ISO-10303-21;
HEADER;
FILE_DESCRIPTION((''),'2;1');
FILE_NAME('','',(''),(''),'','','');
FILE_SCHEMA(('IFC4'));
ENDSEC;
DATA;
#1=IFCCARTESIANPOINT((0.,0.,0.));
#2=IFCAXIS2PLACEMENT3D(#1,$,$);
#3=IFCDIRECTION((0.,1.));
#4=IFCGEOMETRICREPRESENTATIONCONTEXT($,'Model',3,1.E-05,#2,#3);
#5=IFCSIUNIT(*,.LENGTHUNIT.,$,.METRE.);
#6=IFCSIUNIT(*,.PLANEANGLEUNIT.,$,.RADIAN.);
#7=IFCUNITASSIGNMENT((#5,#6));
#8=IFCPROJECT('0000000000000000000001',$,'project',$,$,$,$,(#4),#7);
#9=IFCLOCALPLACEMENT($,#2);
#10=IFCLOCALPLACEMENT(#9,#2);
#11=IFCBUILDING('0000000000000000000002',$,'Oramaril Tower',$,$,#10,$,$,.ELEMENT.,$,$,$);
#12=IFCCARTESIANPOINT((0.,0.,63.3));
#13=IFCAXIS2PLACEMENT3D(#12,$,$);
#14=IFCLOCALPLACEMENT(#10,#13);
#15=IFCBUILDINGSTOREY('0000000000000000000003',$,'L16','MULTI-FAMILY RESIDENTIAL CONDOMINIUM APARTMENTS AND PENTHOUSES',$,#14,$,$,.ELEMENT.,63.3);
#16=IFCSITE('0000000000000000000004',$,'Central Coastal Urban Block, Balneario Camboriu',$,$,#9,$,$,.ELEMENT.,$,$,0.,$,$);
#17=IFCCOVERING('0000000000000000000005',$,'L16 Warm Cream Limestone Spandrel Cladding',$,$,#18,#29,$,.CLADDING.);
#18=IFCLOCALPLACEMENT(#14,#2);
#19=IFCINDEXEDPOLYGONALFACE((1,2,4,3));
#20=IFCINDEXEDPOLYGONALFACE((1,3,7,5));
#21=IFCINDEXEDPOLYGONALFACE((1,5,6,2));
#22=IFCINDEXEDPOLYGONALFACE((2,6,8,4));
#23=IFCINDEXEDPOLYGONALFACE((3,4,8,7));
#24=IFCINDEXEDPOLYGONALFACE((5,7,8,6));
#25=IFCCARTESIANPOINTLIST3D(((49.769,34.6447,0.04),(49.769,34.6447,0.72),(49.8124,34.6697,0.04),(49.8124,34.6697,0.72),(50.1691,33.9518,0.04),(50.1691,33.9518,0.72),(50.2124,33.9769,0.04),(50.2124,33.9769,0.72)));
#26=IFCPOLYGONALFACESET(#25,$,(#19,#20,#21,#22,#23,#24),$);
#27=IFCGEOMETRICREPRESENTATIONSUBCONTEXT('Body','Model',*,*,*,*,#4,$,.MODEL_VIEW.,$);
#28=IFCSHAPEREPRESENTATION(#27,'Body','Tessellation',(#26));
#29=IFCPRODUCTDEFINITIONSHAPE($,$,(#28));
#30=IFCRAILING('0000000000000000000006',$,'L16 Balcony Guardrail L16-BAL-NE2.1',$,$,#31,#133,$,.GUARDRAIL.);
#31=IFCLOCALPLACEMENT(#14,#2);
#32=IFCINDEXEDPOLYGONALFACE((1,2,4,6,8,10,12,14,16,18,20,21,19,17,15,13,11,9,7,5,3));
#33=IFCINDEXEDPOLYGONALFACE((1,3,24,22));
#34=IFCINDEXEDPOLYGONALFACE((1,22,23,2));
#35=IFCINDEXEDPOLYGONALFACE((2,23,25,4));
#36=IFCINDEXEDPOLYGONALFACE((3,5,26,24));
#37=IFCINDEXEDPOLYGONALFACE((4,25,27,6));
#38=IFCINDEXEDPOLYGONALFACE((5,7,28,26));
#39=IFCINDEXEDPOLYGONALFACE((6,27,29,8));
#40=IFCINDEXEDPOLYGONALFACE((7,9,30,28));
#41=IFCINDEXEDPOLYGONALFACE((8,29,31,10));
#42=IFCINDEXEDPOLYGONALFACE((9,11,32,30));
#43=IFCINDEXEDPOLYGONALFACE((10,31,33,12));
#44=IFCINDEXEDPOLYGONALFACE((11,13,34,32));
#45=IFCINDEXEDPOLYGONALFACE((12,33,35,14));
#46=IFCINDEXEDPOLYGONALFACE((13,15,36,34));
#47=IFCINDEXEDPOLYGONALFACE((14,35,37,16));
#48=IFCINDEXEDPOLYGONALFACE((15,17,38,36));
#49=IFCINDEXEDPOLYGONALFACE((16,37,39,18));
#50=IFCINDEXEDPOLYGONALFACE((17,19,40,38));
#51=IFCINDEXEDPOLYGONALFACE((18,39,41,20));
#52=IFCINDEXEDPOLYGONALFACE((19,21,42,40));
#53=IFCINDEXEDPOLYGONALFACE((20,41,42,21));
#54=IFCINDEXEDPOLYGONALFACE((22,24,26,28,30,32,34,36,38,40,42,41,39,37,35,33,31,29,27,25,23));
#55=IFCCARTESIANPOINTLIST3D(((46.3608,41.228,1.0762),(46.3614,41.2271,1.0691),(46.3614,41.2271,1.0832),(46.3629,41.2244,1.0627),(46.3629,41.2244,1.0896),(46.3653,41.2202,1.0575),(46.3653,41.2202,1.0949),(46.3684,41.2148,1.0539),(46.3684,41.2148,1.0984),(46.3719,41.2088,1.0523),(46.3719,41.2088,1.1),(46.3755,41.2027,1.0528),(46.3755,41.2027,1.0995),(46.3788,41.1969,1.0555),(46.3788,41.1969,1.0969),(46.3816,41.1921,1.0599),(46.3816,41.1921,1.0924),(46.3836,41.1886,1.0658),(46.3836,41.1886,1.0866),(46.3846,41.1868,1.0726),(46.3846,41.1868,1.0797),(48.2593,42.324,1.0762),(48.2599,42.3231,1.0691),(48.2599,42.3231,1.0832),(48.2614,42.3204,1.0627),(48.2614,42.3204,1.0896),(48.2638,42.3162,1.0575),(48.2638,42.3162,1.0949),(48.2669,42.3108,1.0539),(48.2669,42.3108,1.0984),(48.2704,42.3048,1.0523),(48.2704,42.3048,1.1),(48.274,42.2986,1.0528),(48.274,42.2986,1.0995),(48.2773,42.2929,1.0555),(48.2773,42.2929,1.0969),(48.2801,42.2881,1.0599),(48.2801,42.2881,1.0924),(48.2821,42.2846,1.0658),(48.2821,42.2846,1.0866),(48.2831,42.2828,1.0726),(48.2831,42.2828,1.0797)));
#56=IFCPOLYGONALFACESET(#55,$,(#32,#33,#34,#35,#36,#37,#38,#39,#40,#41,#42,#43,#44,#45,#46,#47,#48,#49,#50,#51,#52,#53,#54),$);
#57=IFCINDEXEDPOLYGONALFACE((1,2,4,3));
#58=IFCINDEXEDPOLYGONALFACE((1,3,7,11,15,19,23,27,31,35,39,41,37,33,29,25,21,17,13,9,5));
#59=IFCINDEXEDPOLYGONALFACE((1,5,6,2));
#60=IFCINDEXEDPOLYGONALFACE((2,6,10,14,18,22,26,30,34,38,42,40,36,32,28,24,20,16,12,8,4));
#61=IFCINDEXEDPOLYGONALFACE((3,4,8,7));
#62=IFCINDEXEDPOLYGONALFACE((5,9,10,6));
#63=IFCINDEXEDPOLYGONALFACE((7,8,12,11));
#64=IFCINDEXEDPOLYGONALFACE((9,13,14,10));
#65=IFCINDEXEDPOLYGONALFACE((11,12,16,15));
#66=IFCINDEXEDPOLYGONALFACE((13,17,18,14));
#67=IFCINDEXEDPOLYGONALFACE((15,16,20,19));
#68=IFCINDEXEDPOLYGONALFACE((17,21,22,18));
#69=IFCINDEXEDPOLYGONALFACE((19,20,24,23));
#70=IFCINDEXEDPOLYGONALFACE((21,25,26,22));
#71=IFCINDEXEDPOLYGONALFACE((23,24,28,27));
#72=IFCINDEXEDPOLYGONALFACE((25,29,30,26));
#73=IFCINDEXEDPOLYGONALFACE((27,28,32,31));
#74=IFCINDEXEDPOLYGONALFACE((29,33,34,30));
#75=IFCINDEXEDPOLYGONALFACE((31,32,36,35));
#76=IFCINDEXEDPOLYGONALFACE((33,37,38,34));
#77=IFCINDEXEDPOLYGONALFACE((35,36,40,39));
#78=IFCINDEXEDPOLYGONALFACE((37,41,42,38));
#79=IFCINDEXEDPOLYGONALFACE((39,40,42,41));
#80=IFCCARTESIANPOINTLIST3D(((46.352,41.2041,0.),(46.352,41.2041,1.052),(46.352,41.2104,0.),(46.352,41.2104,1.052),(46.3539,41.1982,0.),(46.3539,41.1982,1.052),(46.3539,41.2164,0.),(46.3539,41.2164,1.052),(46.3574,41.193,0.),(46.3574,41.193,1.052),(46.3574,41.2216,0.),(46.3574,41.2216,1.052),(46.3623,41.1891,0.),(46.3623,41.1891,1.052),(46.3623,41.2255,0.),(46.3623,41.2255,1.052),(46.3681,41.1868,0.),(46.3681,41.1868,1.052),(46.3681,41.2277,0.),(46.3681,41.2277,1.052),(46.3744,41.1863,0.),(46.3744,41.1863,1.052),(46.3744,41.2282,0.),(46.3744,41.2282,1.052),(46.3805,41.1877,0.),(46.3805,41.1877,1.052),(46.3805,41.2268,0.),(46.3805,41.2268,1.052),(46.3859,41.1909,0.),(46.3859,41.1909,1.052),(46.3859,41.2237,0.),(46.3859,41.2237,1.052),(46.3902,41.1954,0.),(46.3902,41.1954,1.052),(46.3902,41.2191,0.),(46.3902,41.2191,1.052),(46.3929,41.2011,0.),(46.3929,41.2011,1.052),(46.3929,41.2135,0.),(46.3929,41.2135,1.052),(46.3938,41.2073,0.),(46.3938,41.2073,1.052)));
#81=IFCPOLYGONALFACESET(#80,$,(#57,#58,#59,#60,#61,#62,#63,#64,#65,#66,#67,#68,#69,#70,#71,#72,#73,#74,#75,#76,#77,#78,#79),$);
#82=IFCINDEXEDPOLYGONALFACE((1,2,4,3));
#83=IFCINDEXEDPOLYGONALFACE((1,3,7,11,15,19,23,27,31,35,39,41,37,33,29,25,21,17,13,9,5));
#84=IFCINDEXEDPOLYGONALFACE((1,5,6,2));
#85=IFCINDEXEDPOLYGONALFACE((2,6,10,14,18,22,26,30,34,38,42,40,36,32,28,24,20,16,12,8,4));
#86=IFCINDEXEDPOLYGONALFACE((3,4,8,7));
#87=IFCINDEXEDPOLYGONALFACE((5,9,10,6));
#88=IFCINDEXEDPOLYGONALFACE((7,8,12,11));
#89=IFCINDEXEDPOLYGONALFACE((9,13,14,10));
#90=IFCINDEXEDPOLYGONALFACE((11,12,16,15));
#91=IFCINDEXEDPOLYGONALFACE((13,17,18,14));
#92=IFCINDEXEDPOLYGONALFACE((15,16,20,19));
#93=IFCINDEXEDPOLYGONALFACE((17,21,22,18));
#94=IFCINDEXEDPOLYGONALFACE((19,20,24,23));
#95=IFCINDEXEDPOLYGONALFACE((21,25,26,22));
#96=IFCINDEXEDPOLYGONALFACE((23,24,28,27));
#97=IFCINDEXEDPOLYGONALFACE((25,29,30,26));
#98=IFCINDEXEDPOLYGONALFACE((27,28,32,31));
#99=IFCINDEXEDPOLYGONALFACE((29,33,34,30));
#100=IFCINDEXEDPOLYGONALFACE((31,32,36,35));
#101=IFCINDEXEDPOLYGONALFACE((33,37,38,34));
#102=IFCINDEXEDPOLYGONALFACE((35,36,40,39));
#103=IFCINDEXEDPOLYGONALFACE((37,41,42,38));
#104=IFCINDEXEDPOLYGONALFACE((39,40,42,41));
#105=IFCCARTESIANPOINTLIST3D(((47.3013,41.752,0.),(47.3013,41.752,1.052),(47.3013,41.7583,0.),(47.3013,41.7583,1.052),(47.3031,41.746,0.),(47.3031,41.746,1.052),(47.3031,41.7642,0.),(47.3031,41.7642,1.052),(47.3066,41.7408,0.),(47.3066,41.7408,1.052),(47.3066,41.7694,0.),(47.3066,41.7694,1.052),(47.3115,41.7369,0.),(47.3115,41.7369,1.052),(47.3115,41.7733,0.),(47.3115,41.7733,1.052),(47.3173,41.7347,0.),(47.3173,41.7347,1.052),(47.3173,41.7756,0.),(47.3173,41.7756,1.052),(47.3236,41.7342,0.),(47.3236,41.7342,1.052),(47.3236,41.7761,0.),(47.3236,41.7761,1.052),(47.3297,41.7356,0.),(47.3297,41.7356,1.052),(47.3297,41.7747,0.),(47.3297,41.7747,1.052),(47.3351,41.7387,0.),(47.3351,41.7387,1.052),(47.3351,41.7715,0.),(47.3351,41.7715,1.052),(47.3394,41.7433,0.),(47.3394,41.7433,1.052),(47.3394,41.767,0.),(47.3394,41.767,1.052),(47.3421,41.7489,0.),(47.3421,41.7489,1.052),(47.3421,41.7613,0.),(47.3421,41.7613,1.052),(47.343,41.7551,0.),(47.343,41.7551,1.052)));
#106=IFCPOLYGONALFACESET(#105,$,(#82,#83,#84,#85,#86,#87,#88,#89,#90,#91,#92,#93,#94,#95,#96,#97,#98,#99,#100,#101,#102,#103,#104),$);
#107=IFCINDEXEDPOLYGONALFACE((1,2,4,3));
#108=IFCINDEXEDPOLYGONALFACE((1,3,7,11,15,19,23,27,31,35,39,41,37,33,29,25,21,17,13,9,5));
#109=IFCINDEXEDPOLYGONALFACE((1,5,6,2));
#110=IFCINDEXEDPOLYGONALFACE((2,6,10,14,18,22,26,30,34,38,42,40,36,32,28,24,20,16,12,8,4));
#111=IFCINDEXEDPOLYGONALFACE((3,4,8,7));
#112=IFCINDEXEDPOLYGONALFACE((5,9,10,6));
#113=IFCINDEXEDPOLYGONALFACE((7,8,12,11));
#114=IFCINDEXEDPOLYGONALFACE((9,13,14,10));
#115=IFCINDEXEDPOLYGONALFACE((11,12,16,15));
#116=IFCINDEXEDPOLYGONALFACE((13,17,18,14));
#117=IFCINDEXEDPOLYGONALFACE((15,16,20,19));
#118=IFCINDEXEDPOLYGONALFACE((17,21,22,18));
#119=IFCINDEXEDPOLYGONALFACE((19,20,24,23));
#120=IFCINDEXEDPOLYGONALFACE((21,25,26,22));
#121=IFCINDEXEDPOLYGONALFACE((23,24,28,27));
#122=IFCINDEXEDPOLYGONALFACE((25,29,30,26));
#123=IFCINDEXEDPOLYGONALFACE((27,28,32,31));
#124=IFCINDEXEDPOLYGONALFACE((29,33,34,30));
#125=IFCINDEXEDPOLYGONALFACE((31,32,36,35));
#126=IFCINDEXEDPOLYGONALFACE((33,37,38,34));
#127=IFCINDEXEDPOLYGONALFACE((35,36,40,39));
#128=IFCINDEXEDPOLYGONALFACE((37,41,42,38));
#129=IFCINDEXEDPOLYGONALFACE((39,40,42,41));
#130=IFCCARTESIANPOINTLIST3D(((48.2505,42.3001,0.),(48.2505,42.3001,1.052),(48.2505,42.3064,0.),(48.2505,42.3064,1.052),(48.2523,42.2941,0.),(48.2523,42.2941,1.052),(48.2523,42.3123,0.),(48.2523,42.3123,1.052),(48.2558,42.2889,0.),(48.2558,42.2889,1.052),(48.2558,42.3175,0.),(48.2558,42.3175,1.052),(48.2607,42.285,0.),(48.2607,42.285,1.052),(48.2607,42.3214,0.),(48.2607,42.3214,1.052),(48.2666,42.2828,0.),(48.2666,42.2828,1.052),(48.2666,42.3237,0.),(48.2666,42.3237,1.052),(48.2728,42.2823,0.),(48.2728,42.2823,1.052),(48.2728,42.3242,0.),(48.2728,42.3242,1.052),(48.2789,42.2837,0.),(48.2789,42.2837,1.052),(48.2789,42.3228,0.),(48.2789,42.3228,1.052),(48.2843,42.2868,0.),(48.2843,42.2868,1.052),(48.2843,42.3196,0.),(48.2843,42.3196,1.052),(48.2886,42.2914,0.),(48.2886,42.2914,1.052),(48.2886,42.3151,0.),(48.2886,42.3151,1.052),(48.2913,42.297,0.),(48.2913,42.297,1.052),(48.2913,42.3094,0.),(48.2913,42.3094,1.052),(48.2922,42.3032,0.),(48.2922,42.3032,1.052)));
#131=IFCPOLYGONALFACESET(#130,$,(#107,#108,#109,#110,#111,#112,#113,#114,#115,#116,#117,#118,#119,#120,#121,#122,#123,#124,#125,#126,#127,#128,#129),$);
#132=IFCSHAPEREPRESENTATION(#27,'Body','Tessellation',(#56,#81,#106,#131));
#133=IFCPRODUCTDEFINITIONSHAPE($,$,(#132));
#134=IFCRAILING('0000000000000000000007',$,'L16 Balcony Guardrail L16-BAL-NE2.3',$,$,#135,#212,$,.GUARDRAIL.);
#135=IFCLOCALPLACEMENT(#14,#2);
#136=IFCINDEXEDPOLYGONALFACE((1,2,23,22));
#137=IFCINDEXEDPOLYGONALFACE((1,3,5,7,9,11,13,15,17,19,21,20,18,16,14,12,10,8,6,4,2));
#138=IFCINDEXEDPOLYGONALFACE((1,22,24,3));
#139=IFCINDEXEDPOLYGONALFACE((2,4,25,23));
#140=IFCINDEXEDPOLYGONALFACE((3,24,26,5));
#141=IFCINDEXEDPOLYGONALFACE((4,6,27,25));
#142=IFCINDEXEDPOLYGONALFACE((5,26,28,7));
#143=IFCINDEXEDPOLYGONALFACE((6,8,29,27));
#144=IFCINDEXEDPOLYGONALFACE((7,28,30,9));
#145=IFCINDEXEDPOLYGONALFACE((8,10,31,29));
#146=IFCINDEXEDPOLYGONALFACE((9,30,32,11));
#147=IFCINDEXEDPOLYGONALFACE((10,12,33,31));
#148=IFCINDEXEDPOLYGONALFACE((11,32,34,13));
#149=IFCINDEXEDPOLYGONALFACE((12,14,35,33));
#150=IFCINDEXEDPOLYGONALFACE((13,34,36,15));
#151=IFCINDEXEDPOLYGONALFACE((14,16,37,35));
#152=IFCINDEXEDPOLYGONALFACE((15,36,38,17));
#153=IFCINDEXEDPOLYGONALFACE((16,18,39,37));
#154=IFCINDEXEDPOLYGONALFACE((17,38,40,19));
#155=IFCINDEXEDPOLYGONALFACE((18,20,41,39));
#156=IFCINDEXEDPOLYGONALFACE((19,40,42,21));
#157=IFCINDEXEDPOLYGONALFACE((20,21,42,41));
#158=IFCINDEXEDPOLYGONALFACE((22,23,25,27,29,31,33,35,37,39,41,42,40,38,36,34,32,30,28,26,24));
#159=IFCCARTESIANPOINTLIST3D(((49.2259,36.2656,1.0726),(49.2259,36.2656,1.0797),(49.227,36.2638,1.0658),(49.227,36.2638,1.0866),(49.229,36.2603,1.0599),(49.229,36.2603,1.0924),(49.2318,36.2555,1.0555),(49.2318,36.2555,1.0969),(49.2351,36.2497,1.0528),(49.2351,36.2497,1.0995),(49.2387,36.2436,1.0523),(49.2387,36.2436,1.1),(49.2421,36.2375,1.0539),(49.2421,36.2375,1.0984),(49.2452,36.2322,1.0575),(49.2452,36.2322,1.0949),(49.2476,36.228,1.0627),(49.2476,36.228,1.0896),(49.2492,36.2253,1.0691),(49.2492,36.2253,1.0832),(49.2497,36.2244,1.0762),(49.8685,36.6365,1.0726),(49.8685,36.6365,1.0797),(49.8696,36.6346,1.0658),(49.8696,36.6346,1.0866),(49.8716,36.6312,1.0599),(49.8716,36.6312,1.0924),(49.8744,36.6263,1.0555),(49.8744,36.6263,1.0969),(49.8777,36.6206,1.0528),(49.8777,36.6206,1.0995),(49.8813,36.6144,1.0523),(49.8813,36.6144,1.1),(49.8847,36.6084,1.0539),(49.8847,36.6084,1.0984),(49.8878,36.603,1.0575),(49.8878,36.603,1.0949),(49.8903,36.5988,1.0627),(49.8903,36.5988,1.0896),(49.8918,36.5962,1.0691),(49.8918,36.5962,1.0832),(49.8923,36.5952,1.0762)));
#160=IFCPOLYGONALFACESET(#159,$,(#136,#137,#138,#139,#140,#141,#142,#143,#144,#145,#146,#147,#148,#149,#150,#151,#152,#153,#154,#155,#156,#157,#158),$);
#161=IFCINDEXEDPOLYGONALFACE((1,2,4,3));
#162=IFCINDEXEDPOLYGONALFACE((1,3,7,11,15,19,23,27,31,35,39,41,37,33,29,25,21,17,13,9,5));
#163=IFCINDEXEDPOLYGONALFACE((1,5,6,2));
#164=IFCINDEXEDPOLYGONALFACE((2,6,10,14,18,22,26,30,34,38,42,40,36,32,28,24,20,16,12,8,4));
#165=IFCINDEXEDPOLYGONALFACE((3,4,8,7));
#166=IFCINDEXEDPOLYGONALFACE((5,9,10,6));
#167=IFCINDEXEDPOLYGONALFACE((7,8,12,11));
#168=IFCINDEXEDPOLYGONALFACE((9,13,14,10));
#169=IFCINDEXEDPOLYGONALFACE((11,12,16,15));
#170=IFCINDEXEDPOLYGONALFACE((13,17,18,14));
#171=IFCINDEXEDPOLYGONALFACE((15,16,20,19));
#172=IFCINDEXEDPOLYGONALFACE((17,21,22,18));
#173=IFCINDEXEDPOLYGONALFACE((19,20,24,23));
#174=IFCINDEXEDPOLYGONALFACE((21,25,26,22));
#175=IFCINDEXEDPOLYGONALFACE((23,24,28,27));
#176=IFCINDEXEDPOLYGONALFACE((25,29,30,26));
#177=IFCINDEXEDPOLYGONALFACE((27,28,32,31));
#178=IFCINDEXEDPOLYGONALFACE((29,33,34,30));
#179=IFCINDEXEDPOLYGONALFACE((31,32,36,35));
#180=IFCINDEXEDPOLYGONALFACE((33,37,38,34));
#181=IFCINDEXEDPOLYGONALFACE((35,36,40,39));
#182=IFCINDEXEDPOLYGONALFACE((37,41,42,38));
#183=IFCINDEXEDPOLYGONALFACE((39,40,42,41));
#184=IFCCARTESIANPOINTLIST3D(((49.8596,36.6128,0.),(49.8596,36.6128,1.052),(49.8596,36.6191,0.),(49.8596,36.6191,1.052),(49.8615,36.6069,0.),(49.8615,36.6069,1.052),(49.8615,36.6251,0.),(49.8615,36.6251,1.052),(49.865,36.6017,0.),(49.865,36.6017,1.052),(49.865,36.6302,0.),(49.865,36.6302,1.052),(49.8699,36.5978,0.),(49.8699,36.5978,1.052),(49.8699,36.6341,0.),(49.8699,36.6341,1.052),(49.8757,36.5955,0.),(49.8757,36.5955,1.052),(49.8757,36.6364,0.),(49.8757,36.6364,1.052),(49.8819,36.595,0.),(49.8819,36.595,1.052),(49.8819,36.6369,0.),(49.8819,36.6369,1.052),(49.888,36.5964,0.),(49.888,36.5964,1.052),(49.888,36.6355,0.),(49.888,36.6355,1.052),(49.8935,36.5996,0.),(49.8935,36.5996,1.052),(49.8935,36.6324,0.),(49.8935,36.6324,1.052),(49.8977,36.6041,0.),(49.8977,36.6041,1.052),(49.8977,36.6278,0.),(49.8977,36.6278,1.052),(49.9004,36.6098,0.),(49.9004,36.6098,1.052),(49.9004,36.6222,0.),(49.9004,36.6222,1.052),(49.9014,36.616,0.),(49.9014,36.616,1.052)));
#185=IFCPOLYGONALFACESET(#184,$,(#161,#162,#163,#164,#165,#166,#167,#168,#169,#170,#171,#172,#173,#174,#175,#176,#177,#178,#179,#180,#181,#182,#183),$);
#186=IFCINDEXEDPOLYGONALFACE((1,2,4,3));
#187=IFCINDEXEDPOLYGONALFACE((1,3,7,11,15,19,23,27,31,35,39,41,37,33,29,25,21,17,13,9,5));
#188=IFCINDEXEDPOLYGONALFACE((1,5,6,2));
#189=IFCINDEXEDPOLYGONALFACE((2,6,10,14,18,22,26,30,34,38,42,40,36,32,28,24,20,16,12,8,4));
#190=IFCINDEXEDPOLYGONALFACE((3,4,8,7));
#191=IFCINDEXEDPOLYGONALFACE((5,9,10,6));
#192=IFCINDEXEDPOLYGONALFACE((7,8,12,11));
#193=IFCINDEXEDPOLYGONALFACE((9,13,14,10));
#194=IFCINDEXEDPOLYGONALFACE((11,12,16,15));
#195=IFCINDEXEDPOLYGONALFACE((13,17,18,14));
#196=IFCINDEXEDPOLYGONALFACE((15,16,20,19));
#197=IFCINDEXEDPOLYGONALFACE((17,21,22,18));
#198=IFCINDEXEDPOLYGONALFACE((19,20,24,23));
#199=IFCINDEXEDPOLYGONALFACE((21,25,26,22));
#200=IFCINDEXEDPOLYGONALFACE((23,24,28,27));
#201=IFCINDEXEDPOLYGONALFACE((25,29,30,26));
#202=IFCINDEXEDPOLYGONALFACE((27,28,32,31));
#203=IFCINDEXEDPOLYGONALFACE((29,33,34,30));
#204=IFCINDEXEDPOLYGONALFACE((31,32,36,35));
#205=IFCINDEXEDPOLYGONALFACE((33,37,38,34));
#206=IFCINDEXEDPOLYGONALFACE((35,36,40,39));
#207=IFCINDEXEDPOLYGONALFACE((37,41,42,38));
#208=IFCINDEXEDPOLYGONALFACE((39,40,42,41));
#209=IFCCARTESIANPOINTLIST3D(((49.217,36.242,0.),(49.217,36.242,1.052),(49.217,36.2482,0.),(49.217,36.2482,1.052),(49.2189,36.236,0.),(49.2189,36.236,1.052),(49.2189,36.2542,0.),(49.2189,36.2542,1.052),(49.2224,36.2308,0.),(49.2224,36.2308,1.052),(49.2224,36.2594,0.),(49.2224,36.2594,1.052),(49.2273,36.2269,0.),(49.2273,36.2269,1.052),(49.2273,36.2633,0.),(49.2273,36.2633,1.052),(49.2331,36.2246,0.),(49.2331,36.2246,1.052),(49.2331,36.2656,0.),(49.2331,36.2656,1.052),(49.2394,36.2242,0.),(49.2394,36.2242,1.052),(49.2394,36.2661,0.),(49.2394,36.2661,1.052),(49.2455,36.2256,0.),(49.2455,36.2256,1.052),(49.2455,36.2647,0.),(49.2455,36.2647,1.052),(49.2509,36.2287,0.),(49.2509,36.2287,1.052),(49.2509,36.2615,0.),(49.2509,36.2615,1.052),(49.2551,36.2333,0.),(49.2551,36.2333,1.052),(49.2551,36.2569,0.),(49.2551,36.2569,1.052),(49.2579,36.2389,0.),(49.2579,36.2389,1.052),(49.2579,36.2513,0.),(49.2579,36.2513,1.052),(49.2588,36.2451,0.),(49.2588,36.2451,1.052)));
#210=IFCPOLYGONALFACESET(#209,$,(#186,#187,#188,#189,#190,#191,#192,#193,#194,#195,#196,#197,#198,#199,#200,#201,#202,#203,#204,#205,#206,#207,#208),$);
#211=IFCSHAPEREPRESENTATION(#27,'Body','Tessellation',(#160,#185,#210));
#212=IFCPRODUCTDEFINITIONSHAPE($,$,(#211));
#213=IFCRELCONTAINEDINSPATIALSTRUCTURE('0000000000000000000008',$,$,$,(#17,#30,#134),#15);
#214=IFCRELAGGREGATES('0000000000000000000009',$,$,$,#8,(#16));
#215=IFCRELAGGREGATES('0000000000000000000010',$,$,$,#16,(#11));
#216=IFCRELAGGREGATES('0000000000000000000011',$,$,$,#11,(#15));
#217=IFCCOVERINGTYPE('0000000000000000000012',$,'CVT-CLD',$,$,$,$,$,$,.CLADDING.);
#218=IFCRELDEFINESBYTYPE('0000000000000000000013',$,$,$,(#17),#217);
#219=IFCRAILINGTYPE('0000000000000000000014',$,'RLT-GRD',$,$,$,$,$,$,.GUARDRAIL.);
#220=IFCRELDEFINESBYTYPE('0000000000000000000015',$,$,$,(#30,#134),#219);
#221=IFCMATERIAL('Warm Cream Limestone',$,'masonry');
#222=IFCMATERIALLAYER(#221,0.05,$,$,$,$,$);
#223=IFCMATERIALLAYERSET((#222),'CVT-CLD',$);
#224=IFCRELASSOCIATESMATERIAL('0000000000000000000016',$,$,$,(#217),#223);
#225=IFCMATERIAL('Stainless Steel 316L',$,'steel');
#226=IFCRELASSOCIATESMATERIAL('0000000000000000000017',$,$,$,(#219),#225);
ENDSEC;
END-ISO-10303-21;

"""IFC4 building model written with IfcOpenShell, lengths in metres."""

from ifc_helpers import new_model, si_unit, direction, frame, origin, origin_2d, place, context, subcontext, project, spatial, rectangle, circle, extrude, material, layer, layer_set, type_object, element, save


model = new_model("IFC4")

# Units and contexts
model_context = context("Model", 3, precision=1e-05, world=origin(), true_north=direction((0.0, 1.0)))
body_context = subcontext(model_context, "Body", "Model", "MODEL_VIEW")
ifc_project = project(units=[si_unit("LENGTHUNIT", "METRE"), si_unit("PLANEANGLEUNIT", "RADIAN")], contexts=[model_context])

# Site, building, storey
site_placement = place(None, origin())
site = spatial("IfcSite", under=ifc_project, at=site_placement, Name="Central Coastal Urban Block, Balneario Camboriu", CompositionType="ELEMENT", RefElevation=0.0)
building_placement = place(site_placement, origin())
building = spatial("IfcBuilding", under=site, at=building_placement, Name="Oramaril Tower", CompositionType="ELEMENT")
storey_placement = place(building_placement, frame((0.0, 0.0, 63.3)))
storey = spatial("IfcBuildingStorey", under=building, at=storey_placement, Name="L16", Description="MULTI-FAMILY RESIDENTIAL CONDOMINIUM APARTMENTS AND PENTHOUSES", CompositionType="ELEMENT", Elevation=63.3)

# Covering
ifc_material_1 = material(Name="Warm Cream Limestone", Category="masonry")
ifc_layer_1 = layer(ifc_material_1, 0.05)
ifc_layer_set_1 = layer_set([ifc_layer_1], Name="CVT-CLD")
covering_type = type_object("IfcCoveringType", Name="CVT-CLD", PredefinedType="CLADDING", material=ifc_layer_set_1)
covering_placement = place(storey_placement, frame((49.9907, 34.3108, 0.04), z_axis=(0.0, 0.0, 1.0), x_axis=(-0.499998, 0.866026, 0.0)))
element("IfcCovering", 1, at=covering_placement, inside=storey, type_object=covering_type, Name="L16 Warm Cream Limestone Spandrel Cladding", PredefinedType="CLADDING", context=body_context, shape_type="SweptSolid", body=[
    extrude(rectangle(XDim=0.8, YDim=0.05, at=origin_2d()), origin(), (0.0, 0.0, 1.0), 0.6799),
])

# Railings
ifc_material_2 = material(Name="Stainless Steel 316L", Category="steel")
railing_type = type_object("IfcRailingType", Name="RLT-GRD", PredefinedType="GUARDRAIL", material=ifc_material_2)
railing_1_placement = place(storey_placement, frame((46.3728, 41.2073, 0.0)))
element("IfcRailing", 2, at=railing_1_placement, inside=storey, type_object=railing_type, Name="L16 Balcony Guardrail L16-BAL-NE2.1", PredefinedType="GUARDRAIL", context=body_context, shape_type="SweptSolid", body=[
    extrude(circle(Radius=0.0239, at=origin_2d()), frame((0.0, 0.0, 1.0762), z_axis=(0.866048, 0.49996, 0.0), x_axis=(-0.49996, 0.866048, 0.0)), (0.0, 0.0, 1.0), 2.1921),
    extrude(circle(Radius=0.021, at=origin_2d()), origin(), (0.0, 0.0, 1.0), 1.052),
    extrude(circle(Radius=0.021, at=origin_2d()), frame((0.9492, 0.5479, 0.0)), (0.0, 0.0, 1.0), 1.052),
    extrude(circle(Radius=0.021, at=origin_2d()), frame((1.8984, 1.0959, 0.0)), (0.0, 0.0, 1.0), 1.052),
])
railing_2_placement = place(storey_placement, frame((49.8804, 36.616, 0.0)))
element("IfcRailing", 3, at=railing_2_placement, inside=storey, type_object=railing_type, Name="L16 Balcony Guardrail L16-BAL-NE2.3", PredefinedType="GUARDRAIL", context=body_context, shape_type="SweptSolid", body=[
    extrude(circle(Radius=0.0239, at=origin_2d()), frame((0.0, 0.0, 1.0762), z_axis=(-0.866109, -0.499855, 0.0), x_axis=(0.499855, -0.866109, 0.0)), (0.0, 0.0, 1.0), 0.7419),
    extrude(circle(Radius=0.021, at=origin_2d()), origin(), (0.0, 0.0, 1.0), 1.052),
    extrude(circle(Radius=0.021, at=origin_2d()), frame((-0.6426, -0.3708, 0.0)), (0.0, 0.0, 1.0), 1.052),
])

save(model, "model.ifc")
